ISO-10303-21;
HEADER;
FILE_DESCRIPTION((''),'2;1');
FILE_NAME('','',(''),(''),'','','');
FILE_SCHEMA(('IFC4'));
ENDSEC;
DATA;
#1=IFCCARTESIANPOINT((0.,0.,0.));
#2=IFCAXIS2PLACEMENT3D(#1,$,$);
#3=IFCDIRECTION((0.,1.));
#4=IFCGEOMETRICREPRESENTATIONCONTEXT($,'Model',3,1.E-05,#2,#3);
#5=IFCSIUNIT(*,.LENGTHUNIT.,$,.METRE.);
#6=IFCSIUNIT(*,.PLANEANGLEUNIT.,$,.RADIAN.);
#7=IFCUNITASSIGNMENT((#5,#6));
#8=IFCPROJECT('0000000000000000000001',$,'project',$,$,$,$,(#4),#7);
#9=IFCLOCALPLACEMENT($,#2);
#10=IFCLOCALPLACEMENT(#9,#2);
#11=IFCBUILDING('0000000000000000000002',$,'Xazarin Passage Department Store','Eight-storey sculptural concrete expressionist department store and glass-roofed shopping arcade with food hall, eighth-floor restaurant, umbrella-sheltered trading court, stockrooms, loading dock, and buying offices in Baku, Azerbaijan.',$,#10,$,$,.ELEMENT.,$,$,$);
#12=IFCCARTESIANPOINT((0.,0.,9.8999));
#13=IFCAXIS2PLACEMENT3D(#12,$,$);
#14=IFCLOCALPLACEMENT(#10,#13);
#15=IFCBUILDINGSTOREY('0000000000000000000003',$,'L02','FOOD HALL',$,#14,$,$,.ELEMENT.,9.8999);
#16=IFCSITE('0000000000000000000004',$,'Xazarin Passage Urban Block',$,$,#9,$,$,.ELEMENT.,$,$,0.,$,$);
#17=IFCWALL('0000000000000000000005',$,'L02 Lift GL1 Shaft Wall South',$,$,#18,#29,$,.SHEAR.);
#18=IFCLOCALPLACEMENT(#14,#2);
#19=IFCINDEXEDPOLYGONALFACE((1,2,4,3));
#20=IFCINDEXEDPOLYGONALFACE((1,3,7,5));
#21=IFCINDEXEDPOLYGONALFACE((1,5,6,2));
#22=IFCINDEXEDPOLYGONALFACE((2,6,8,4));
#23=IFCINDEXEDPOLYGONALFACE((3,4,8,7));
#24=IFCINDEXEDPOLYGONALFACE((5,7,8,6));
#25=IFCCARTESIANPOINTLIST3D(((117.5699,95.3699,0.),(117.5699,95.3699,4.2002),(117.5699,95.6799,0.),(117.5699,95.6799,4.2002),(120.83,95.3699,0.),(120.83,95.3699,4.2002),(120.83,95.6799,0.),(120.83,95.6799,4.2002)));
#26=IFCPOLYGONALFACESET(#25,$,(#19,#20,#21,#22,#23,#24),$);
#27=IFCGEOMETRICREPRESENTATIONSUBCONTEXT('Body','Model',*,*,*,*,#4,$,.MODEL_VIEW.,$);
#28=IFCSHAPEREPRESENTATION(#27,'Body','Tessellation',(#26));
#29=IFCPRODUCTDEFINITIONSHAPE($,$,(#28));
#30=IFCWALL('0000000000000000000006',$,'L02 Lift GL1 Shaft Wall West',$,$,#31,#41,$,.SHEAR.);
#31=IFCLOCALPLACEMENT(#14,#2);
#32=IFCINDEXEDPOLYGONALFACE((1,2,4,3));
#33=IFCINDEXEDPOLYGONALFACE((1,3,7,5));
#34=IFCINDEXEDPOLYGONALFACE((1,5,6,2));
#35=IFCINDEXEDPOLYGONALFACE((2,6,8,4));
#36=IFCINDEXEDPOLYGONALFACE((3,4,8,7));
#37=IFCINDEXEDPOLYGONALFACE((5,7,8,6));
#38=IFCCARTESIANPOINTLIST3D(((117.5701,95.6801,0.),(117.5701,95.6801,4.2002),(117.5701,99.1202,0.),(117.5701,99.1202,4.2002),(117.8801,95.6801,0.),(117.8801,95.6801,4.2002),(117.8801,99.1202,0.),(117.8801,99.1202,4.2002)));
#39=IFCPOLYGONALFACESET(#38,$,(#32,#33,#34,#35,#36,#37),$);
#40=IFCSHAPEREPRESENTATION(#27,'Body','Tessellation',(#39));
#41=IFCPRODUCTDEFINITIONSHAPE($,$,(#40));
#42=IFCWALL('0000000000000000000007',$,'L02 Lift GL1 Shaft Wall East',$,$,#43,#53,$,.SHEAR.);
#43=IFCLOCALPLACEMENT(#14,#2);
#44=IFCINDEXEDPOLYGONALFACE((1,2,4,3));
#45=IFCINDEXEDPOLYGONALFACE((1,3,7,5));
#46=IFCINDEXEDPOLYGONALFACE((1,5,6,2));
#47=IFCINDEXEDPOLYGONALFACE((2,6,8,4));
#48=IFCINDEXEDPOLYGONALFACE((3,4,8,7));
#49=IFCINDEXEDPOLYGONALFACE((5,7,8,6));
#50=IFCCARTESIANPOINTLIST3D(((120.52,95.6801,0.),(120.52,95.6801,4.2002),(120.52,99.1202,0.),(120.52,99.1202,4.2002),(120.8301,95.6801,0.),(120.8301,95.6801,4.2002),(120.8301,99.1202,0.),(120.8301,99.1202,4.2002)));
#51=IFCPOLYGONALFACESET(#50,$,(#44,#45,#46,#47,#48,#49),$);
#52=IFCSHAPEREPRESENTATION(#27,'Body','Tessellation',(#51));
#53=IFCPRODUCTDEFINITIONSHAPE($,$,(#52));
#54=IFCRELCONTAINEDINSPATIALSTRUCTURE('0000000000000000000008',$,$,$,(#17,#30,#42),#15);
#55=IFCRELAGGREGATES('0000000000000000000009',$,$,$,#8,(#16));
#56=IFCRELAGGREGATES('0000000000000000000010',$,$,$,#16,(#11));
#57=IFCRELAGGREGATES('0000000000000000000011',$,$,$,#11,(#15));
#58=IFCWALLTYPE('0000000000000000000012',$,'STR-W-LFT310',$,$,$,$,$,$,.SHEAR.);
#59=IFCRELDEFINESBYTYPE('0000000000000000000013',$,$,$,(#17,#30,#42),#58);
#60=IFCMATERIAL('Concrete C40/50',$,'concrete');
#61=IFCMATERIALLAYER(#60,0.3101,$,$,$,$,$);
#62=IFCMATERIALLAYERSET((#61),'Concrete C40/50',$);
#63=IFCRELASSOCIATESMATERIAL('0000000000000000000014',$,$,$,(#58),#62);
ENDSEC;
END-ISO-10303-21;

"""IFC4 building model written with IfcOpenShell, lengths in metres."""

from ifc_helpers import new_model, si_unit, direction, frame, frame_2d, origin, place, context, subcontext, project, spatial, rectangle, extrude, material, layer, layer_set, type_object, element, save


model = new_model("IFC4")

# Units and contexts
model_context = context("Model", 3, precision=1e-05, world=origin(), true_north=direction((0.0, 1.0)))
body_context = subcontext(model_context, "Body", "Model", "MODEL_VIEW")
ifc_project = project(units=[si_unit("LENGTHUNIT", "METRE"), si_unit("PLANEANGLEUNIT", "RADIAN")], contexts=[model_context])

# Site, building, storey
site_placement = place(None, origin())
site = spatial("IfcSite", under=ifc_project, at=site_placement, Name="Xazarin Passage Urban Block", CompositionType="ELEMENT", RefElevation=0.0)
building_placement = place(site_placement, origin())
building = spatial("IfcBuilding", under=site, at=building_placement, Name="Xazarin Passage Department Store", Description="Eight-storey sculptural concrete expressionist department store and glass-roofed shopping arcade with food hall, eighth-floor restaurant, umbrella-sheltered trading court, stockrooms, loading dock, and buying offices in Baku, Azerbaijan.", CompositionType="ELEMENT")
storey_placement = place(building_placement, frame((0.0, 0.0, 9.8999)))
storey = spatial("IfcBuildingStorey", under=building, at=storey_placement, Name="L02", Description="FOOD HALL", CompositionType="ELEMENT", Elevation=9.8999)

# Shared definitions
ifc_material_1 = material(Name="Concrete C40/50", Category="concrete")

# Walls
ifc_layer_1 = layer(ifc_material_1, 0.3101)
ifc_layer_set_1 = layer_set([ifc_layer_1], Name="Concrete C40/50")
wall_type_1 = type_object("IfcWallType", Name="STR-W-LFT310", PredefinedType="SHEAR", material=ifc_layer_set_1)
wall_1_placement = place(storey_placement, frame((117.5701, 95.5249, 0.0), z_axis=(0.0, 0.0, 1.0), x_axis=(1.0, 0.0, 0.0)))
element("IfcWall", 1, at=wall_1_placement, inside=storey, type_object=wall_type_1, Name="L02 Lift GL1 Shaft Wall South", PredefinedType="SHEAR", context=body_context, shape_type="SweptSolid", body=[
    extrude(rectangle(XDim=3.26, YDim=0.3101, at=frame_2d((1.6299, 0.0))), origin(), (0.0, 0.0, 1.0), 4.2002),
])
for number, where, z_axis, x_axis, name in (
    (2, (117.7251, 95.6799, 0.0), (0.0, 0.0, 1.0), (0.0, 1.0, 0.0), "L02 Lift GL1 Shaft Wall West"),
    (3, (120.675, 95.6799, 0.0), (0.0, 0.0, 1.0), (0.0, 1.0, 0.0), "L02 Lift GL1 Shaft Wall East"),
):
    element("IfcWall", number, at=place(storey_placement, frame(where, z_axis=z_axis, x_axis=x_axis)), inside=storey, type_object=wall_type_1, Name=name, PredefinedType="SHEAR", context=body_context, shape_type="SweptSolid", body=[
        extrude(rectangle(XDim=3.4402, YDim=0.3101, at=frame_2d((1.7202, 0.0))), origin(), (0.0, 0.0, 1.0), 4.2002),
    ])

save(model, "model.ifc")
